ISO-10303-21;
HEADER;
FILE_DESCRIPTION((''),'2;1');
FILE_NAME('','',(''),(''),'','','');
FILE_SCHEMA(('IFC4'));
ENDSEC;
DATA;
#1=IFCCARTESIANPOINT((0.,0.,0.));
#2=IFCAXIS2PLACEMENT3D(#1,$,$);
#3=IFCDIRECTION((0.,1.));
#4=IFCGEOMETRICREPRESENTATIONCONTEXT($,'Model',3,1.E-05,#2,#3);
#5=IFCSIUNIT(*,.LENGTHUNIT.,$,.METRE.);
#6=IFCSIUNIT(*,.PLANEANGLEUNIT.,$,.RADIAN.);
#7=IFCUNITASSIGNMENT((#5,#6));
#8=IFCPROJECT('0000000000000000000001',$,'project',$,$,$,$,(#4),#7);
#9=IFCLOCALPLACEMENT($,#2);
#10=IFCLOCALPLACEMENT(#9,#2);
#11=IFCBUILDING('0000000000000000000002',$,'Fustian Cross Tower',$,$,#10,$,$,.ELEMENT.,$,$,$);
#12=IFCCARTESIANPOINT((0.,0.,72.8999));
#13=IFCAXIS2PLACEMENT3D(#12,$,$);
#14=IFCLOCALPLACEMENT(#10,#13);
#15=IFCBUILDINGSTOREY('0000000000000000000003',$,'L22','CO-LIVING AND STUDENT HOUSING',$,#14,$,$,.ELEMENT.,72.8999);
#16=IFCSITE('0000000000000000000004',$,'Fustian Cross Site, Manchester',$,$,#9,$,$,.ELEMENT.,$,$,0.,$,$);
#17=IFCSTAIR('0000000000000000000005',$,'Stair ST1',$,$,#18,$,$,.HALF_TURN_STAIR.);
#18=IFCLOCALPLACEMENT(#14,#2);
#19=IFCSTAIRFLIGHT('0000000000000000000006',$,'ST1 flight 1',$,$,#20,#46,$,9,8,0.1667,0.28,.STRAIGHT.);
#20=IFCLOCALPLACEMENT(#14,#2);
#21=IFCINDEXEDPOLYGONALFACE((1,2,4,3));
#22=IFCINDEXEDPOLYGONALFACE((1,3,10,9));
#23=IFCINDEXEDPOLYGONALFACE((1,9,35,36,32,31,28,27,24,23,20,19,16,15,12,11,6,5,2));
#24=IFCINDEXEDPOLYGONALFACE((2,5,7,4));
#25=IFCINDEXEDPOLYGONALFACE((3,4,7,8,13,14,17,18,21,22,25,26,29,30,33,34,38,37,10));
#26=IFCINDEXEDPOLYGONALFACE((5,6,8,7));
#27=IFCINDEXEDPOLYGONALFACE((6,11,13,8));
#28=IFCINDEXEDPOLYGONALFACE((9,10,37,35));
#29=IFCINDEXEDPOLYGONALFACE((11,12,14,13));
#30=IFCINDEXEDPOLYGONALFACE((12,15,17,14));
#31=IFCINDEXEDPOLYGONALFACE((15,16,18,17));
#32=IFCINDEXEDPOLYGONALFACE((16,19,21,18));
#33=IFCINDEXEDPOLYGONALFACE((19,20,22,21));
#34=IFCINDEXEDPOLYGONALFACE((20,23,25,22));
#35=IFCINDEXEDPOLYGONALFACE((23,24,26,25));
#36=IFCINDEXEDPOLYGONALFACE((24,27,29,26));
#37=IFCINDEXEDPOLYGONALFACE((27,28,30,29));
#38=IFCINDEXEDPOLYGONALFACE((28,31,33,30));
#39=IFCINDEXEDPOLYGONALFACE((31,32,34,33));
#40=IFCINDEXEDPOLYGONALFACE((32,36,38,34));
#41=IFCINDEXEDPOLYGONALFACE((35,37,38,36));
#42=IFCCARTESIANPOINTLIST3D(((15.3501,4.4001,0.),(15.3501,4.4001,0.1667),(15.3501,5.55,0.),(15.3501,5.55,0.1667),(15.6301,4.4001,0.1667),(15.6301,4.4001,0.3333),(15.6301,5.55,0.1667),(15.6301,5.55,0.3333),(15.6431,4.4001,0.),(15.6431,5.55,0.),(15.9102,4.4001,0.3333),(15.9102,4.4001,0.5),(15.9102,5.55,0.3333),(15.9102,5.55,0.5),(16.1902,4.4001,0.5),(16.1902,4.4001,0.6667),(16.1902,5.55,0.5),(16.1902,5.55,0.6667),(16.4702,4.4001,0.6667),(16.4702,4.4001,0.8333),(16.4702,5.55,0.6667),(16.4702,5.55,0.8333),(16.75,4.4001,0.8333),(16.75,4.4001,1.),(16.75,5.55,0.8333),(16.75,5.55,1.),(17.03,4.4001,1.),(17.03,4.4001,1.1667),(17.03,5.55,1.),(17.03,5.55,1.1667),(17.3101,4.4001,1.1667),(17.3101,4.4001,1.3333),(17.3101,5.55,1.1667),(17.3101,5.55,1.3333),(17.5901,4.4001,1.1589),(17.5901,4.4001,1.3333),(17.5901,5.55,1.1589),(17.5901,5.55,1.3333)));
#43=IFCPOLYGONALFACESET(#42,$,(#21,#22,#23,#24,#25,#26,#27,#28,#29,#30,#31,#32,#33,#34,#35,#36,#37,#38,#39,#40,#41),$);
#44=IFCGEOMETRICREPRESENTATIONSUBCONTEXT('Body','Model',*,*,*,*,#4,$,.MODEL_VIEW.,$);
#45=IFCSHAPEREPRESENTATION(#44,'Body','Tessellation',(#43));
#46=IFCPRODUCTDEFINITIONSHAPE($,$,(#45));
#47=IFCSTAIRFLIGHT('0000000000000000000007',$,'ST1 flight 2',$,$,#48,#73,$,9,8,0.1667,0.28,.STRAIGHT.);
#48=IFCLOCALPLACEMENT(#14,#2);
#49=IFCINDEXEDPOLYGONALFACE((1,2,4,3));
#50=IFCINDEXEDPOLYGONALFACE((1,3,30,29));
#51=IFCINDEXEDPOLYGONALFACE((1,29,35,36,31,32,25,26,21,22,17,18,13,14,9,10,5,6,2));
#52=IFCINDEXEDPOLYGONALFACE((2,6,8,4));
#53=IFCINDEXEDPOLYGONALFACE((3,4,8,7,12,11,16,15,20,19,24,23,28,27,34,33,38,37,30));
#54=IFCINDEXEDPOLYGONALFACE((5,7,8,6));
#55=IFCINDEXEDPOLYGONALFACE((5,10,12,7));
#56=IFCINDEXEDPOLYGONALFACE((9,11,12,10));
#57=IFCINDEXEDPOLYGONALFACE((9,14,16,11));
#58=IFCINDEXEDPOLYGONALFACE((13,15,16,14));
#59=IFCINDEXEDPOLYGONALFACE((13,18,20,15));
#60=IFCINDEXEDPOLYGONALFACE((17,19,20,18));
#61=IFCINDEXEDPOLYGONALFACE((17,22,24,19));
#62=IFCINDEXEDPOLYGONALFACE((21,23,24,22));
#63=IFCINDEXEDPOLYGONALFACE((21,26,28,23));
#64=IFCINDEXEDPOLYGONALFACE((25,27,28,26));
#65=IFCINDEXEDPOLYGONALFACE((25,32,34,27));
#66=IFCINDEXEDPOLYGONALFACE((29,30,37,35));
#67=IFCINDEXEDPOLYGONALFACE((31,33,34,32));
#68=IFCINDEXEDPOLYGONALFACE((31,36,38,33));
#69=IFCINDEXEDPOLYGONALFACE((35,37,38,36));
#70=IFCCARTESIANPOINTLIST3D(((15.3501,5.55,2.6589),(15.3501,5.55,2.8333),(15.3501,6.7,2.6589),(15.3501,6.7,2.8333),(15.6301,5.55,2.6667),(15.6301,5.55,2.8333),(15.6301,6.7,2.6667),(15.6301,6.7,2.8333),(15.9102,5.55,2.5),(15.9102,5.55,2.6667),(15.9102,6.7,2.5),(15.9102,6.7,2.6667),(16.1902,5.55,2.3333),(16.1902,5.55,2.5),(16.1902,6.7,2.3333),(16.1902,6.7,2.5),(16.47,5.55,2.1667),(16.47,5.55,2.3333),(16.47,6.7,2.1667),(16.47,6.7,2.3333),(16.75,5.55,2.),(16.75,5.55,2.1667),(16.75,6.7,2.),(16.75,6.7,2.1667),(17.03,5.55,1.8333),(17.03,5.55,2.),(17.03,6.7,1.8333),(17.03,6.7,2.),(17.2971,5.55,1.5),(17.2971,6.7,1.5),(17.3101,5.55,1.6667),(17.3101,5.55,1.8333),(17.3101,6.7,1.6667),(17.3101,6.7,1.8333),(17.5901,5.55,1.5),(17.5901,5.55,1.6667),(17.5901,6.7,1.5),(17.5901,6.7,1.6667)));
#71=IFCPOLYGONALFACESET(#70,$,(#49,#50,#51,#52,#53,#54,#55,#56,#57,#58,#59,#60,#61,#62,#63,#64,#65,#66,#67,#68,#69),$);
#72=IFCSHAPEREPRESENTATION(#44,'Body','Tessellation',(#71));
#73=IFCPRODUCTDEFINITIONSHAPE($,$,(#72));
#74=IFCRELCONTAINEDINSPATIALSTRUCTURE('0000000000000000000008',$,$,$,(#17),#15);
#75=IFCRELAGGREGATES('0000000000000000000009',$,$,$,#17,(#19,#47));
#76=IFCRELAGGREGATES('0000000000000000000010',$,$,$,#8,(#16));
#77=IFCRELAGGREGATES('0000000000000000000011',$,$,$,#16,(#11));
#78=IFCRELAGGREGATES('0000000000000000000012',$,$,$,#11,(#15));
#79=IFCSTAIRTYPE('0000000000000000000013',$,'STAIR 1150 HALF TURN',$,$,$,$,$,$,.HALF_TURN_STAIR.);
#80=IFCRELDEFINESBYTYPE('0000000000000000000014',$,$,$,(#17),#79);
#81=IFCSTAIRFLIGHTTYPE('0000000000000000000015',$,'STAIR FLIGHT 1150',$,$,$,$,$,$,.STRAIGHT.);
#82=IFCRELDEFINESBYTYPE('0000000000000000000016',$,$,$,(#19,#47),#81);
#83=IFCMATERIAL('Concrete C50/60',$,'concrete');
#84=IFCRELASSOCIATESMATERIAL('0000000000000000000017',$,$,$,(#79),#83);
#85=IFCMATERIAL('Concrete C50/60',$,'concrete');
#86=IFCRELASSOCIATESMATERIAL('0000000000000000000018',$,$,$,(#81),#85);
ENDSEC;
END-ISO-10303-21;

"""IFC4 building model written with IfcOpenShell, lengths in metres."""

from ifc_helpers import new_model, si_unit, direction, frame, origin, place, context, subcontext, project, spatial, polyline, outline, extrude, material, type_object, element, aggregate, save


model = new_model("IFC4")

# Units and contexts
model_context = context("Model", 3, precision=1e-05, world=origin(), true_north=direction((0.0, 1.0)))
body_context = subcontext(model_context, "Body", "Model", "MODEL_VIEW")
ifc_project = project(units=[si_unit("LENGTHUNIT", "METRE"), si_unit("PLANEANGLEUNIT", "RADIAN")], contexts=[model_context])

# Site, building, storey
site_placement = place(None, origin())
site = spatial("IfcSite", under=ifc_project, at=site_placement, Name="Fustian Cross Site, Manchester", CompositionType="ELEMENT", RefElevation=0.0)
building_placement = place(site_placement, origin())
building = spatial("IfcBuilding", under=site, at=building_placement, Name="Fustian Cross Tower", CompositionType="ELEMENT")
storey_placement = place(building_placement, frame((0.0, 0.0, 72.8999)))
storey = spatial("IfcBuildingStorey", under=building, at=storey_placement, Name="L22", Description="CO-LIVING AND STUDENT HOUSING", CompositionType="ELEMENT", Elevation=72.8999)

# Stair, stair flights
ifc_material_1 = material(Name="Concrete C50/60", Category="concrete")
stair_type = type_object("IfcStairType", Name="STAIR 1150 HALF TURN", PredefinedType="HALF_TURN_STAIR", material=ifc_material_1)
stair_placement = place(storey_placement, origin())
stair = element("IfcStair", 1, at=stair_placement, inside=storey, type_object=stair_type, Name="Stair ST1", PredefinedType="HALF_TURN_STAIR")
ifc_material_2 = material(Name="Concrete C50/60", Category="concrete")
stair_flight_type = type_object("IfcStairFlightType", Name="STAIR FLIGHT 1150", PredefinedType="STRAIGHT", material=ifc_material_2)
stair_flight_1_placement = place(storey_placement, frame((15.3501, 4.9751, 0.0), z_axis=(0.0, 0.0, 1.0), x_axis=(1.0, 0.0, 0.0)))
stair_flight_1 = element("IfcStairFlight", 2, at=stair_flight_1_placement, type_object=stair_flight_type, Name="ST1 flight 1", NumberOfRisers=9, NumberOfTreads=8, PredefinedType="STRAIGHT", RiserHeight=0.1667, TreadLength=0.28, context=body_context, shape_type="SweptSolid", body=[
    extrude(outline(polyline([(0.0, 0.0), (0.0, 0.1667), (0.28, 0.1667), (0.28, 0.3333), (0.5601, 0.3333), (0.5601, 0.5), (0.8401, 0.5), (0.8401, 0.6667), (1.1201, 0.6667), (1.1201, 0.8333), (1.3999, 0.8333), (1.3999, 1.0), (1.6799, 1.0), (1.6799, 1.1667), (1.96, 1.1667), (1.96, 1.3333), (2.24, 1.3333), (2.24, 1.5), (2.24, 1.1589), (0.293, 0.0), (0.0, 0.0)])), frame((0.0, 0.575, 0.0), z_axis=(0.0, -1.0, 0.0), x_axis=(1.0, 0.0, 0.0)), (0.0, 0.0, 1.0), 1.1499),
])
stair_flight_2_placement = place(storey_placement, frame((17.5901, 6.125, 1.5), z_axis=(0.0, 0.0, 1.0), x_axis=(-1.0, 0.0, 0.0)))
stair_flight_2 = element("IfcStairFlight", 3, at=stair_flight_2_placement, type_object=stair_flight_type, Name="ST1 flight 2", NumberOfRisers=9, NumberOfTreads=8, PredefinedType="STRAIGHT", RiserHeight=0.1667, TreadLength=0.28, context=body_context, shape_type="SweptSolid", body=[
    extrude(outline(polyline([(0.0, 0.0), (0.0, 0.1667), (0.28, 0.1667), (0.28, 0.3333), (0.5601, 0.3333), (0.5601, 0.5), (0.8401, 0.5), (0.8401, 0.6667), (1.1201, 0.6667), (1.1201, 0.8333), (1.3999, 0.8333), (1.3999, 1.0), (1.6799, 1.0), (1.6799, 1.1667), (1.96, 1.1667), (1.96, 1.3333), (2.24, 1.3333), (2.24, 1.5), (2.24, 1.1589), (0.293, 0.0), (0.0, 0.0)])), frame((0.0, 0.575, 0.0), z_axis=(0.0, -1.0, 0.0), x_axis=(1.0, 0.0, 0.0)), (0.0, 0.0, 1.0), 1.1499),
])
aggregate(stair, [stair_flight_1, stair_flight_2])

save(model, "model.ifc")
